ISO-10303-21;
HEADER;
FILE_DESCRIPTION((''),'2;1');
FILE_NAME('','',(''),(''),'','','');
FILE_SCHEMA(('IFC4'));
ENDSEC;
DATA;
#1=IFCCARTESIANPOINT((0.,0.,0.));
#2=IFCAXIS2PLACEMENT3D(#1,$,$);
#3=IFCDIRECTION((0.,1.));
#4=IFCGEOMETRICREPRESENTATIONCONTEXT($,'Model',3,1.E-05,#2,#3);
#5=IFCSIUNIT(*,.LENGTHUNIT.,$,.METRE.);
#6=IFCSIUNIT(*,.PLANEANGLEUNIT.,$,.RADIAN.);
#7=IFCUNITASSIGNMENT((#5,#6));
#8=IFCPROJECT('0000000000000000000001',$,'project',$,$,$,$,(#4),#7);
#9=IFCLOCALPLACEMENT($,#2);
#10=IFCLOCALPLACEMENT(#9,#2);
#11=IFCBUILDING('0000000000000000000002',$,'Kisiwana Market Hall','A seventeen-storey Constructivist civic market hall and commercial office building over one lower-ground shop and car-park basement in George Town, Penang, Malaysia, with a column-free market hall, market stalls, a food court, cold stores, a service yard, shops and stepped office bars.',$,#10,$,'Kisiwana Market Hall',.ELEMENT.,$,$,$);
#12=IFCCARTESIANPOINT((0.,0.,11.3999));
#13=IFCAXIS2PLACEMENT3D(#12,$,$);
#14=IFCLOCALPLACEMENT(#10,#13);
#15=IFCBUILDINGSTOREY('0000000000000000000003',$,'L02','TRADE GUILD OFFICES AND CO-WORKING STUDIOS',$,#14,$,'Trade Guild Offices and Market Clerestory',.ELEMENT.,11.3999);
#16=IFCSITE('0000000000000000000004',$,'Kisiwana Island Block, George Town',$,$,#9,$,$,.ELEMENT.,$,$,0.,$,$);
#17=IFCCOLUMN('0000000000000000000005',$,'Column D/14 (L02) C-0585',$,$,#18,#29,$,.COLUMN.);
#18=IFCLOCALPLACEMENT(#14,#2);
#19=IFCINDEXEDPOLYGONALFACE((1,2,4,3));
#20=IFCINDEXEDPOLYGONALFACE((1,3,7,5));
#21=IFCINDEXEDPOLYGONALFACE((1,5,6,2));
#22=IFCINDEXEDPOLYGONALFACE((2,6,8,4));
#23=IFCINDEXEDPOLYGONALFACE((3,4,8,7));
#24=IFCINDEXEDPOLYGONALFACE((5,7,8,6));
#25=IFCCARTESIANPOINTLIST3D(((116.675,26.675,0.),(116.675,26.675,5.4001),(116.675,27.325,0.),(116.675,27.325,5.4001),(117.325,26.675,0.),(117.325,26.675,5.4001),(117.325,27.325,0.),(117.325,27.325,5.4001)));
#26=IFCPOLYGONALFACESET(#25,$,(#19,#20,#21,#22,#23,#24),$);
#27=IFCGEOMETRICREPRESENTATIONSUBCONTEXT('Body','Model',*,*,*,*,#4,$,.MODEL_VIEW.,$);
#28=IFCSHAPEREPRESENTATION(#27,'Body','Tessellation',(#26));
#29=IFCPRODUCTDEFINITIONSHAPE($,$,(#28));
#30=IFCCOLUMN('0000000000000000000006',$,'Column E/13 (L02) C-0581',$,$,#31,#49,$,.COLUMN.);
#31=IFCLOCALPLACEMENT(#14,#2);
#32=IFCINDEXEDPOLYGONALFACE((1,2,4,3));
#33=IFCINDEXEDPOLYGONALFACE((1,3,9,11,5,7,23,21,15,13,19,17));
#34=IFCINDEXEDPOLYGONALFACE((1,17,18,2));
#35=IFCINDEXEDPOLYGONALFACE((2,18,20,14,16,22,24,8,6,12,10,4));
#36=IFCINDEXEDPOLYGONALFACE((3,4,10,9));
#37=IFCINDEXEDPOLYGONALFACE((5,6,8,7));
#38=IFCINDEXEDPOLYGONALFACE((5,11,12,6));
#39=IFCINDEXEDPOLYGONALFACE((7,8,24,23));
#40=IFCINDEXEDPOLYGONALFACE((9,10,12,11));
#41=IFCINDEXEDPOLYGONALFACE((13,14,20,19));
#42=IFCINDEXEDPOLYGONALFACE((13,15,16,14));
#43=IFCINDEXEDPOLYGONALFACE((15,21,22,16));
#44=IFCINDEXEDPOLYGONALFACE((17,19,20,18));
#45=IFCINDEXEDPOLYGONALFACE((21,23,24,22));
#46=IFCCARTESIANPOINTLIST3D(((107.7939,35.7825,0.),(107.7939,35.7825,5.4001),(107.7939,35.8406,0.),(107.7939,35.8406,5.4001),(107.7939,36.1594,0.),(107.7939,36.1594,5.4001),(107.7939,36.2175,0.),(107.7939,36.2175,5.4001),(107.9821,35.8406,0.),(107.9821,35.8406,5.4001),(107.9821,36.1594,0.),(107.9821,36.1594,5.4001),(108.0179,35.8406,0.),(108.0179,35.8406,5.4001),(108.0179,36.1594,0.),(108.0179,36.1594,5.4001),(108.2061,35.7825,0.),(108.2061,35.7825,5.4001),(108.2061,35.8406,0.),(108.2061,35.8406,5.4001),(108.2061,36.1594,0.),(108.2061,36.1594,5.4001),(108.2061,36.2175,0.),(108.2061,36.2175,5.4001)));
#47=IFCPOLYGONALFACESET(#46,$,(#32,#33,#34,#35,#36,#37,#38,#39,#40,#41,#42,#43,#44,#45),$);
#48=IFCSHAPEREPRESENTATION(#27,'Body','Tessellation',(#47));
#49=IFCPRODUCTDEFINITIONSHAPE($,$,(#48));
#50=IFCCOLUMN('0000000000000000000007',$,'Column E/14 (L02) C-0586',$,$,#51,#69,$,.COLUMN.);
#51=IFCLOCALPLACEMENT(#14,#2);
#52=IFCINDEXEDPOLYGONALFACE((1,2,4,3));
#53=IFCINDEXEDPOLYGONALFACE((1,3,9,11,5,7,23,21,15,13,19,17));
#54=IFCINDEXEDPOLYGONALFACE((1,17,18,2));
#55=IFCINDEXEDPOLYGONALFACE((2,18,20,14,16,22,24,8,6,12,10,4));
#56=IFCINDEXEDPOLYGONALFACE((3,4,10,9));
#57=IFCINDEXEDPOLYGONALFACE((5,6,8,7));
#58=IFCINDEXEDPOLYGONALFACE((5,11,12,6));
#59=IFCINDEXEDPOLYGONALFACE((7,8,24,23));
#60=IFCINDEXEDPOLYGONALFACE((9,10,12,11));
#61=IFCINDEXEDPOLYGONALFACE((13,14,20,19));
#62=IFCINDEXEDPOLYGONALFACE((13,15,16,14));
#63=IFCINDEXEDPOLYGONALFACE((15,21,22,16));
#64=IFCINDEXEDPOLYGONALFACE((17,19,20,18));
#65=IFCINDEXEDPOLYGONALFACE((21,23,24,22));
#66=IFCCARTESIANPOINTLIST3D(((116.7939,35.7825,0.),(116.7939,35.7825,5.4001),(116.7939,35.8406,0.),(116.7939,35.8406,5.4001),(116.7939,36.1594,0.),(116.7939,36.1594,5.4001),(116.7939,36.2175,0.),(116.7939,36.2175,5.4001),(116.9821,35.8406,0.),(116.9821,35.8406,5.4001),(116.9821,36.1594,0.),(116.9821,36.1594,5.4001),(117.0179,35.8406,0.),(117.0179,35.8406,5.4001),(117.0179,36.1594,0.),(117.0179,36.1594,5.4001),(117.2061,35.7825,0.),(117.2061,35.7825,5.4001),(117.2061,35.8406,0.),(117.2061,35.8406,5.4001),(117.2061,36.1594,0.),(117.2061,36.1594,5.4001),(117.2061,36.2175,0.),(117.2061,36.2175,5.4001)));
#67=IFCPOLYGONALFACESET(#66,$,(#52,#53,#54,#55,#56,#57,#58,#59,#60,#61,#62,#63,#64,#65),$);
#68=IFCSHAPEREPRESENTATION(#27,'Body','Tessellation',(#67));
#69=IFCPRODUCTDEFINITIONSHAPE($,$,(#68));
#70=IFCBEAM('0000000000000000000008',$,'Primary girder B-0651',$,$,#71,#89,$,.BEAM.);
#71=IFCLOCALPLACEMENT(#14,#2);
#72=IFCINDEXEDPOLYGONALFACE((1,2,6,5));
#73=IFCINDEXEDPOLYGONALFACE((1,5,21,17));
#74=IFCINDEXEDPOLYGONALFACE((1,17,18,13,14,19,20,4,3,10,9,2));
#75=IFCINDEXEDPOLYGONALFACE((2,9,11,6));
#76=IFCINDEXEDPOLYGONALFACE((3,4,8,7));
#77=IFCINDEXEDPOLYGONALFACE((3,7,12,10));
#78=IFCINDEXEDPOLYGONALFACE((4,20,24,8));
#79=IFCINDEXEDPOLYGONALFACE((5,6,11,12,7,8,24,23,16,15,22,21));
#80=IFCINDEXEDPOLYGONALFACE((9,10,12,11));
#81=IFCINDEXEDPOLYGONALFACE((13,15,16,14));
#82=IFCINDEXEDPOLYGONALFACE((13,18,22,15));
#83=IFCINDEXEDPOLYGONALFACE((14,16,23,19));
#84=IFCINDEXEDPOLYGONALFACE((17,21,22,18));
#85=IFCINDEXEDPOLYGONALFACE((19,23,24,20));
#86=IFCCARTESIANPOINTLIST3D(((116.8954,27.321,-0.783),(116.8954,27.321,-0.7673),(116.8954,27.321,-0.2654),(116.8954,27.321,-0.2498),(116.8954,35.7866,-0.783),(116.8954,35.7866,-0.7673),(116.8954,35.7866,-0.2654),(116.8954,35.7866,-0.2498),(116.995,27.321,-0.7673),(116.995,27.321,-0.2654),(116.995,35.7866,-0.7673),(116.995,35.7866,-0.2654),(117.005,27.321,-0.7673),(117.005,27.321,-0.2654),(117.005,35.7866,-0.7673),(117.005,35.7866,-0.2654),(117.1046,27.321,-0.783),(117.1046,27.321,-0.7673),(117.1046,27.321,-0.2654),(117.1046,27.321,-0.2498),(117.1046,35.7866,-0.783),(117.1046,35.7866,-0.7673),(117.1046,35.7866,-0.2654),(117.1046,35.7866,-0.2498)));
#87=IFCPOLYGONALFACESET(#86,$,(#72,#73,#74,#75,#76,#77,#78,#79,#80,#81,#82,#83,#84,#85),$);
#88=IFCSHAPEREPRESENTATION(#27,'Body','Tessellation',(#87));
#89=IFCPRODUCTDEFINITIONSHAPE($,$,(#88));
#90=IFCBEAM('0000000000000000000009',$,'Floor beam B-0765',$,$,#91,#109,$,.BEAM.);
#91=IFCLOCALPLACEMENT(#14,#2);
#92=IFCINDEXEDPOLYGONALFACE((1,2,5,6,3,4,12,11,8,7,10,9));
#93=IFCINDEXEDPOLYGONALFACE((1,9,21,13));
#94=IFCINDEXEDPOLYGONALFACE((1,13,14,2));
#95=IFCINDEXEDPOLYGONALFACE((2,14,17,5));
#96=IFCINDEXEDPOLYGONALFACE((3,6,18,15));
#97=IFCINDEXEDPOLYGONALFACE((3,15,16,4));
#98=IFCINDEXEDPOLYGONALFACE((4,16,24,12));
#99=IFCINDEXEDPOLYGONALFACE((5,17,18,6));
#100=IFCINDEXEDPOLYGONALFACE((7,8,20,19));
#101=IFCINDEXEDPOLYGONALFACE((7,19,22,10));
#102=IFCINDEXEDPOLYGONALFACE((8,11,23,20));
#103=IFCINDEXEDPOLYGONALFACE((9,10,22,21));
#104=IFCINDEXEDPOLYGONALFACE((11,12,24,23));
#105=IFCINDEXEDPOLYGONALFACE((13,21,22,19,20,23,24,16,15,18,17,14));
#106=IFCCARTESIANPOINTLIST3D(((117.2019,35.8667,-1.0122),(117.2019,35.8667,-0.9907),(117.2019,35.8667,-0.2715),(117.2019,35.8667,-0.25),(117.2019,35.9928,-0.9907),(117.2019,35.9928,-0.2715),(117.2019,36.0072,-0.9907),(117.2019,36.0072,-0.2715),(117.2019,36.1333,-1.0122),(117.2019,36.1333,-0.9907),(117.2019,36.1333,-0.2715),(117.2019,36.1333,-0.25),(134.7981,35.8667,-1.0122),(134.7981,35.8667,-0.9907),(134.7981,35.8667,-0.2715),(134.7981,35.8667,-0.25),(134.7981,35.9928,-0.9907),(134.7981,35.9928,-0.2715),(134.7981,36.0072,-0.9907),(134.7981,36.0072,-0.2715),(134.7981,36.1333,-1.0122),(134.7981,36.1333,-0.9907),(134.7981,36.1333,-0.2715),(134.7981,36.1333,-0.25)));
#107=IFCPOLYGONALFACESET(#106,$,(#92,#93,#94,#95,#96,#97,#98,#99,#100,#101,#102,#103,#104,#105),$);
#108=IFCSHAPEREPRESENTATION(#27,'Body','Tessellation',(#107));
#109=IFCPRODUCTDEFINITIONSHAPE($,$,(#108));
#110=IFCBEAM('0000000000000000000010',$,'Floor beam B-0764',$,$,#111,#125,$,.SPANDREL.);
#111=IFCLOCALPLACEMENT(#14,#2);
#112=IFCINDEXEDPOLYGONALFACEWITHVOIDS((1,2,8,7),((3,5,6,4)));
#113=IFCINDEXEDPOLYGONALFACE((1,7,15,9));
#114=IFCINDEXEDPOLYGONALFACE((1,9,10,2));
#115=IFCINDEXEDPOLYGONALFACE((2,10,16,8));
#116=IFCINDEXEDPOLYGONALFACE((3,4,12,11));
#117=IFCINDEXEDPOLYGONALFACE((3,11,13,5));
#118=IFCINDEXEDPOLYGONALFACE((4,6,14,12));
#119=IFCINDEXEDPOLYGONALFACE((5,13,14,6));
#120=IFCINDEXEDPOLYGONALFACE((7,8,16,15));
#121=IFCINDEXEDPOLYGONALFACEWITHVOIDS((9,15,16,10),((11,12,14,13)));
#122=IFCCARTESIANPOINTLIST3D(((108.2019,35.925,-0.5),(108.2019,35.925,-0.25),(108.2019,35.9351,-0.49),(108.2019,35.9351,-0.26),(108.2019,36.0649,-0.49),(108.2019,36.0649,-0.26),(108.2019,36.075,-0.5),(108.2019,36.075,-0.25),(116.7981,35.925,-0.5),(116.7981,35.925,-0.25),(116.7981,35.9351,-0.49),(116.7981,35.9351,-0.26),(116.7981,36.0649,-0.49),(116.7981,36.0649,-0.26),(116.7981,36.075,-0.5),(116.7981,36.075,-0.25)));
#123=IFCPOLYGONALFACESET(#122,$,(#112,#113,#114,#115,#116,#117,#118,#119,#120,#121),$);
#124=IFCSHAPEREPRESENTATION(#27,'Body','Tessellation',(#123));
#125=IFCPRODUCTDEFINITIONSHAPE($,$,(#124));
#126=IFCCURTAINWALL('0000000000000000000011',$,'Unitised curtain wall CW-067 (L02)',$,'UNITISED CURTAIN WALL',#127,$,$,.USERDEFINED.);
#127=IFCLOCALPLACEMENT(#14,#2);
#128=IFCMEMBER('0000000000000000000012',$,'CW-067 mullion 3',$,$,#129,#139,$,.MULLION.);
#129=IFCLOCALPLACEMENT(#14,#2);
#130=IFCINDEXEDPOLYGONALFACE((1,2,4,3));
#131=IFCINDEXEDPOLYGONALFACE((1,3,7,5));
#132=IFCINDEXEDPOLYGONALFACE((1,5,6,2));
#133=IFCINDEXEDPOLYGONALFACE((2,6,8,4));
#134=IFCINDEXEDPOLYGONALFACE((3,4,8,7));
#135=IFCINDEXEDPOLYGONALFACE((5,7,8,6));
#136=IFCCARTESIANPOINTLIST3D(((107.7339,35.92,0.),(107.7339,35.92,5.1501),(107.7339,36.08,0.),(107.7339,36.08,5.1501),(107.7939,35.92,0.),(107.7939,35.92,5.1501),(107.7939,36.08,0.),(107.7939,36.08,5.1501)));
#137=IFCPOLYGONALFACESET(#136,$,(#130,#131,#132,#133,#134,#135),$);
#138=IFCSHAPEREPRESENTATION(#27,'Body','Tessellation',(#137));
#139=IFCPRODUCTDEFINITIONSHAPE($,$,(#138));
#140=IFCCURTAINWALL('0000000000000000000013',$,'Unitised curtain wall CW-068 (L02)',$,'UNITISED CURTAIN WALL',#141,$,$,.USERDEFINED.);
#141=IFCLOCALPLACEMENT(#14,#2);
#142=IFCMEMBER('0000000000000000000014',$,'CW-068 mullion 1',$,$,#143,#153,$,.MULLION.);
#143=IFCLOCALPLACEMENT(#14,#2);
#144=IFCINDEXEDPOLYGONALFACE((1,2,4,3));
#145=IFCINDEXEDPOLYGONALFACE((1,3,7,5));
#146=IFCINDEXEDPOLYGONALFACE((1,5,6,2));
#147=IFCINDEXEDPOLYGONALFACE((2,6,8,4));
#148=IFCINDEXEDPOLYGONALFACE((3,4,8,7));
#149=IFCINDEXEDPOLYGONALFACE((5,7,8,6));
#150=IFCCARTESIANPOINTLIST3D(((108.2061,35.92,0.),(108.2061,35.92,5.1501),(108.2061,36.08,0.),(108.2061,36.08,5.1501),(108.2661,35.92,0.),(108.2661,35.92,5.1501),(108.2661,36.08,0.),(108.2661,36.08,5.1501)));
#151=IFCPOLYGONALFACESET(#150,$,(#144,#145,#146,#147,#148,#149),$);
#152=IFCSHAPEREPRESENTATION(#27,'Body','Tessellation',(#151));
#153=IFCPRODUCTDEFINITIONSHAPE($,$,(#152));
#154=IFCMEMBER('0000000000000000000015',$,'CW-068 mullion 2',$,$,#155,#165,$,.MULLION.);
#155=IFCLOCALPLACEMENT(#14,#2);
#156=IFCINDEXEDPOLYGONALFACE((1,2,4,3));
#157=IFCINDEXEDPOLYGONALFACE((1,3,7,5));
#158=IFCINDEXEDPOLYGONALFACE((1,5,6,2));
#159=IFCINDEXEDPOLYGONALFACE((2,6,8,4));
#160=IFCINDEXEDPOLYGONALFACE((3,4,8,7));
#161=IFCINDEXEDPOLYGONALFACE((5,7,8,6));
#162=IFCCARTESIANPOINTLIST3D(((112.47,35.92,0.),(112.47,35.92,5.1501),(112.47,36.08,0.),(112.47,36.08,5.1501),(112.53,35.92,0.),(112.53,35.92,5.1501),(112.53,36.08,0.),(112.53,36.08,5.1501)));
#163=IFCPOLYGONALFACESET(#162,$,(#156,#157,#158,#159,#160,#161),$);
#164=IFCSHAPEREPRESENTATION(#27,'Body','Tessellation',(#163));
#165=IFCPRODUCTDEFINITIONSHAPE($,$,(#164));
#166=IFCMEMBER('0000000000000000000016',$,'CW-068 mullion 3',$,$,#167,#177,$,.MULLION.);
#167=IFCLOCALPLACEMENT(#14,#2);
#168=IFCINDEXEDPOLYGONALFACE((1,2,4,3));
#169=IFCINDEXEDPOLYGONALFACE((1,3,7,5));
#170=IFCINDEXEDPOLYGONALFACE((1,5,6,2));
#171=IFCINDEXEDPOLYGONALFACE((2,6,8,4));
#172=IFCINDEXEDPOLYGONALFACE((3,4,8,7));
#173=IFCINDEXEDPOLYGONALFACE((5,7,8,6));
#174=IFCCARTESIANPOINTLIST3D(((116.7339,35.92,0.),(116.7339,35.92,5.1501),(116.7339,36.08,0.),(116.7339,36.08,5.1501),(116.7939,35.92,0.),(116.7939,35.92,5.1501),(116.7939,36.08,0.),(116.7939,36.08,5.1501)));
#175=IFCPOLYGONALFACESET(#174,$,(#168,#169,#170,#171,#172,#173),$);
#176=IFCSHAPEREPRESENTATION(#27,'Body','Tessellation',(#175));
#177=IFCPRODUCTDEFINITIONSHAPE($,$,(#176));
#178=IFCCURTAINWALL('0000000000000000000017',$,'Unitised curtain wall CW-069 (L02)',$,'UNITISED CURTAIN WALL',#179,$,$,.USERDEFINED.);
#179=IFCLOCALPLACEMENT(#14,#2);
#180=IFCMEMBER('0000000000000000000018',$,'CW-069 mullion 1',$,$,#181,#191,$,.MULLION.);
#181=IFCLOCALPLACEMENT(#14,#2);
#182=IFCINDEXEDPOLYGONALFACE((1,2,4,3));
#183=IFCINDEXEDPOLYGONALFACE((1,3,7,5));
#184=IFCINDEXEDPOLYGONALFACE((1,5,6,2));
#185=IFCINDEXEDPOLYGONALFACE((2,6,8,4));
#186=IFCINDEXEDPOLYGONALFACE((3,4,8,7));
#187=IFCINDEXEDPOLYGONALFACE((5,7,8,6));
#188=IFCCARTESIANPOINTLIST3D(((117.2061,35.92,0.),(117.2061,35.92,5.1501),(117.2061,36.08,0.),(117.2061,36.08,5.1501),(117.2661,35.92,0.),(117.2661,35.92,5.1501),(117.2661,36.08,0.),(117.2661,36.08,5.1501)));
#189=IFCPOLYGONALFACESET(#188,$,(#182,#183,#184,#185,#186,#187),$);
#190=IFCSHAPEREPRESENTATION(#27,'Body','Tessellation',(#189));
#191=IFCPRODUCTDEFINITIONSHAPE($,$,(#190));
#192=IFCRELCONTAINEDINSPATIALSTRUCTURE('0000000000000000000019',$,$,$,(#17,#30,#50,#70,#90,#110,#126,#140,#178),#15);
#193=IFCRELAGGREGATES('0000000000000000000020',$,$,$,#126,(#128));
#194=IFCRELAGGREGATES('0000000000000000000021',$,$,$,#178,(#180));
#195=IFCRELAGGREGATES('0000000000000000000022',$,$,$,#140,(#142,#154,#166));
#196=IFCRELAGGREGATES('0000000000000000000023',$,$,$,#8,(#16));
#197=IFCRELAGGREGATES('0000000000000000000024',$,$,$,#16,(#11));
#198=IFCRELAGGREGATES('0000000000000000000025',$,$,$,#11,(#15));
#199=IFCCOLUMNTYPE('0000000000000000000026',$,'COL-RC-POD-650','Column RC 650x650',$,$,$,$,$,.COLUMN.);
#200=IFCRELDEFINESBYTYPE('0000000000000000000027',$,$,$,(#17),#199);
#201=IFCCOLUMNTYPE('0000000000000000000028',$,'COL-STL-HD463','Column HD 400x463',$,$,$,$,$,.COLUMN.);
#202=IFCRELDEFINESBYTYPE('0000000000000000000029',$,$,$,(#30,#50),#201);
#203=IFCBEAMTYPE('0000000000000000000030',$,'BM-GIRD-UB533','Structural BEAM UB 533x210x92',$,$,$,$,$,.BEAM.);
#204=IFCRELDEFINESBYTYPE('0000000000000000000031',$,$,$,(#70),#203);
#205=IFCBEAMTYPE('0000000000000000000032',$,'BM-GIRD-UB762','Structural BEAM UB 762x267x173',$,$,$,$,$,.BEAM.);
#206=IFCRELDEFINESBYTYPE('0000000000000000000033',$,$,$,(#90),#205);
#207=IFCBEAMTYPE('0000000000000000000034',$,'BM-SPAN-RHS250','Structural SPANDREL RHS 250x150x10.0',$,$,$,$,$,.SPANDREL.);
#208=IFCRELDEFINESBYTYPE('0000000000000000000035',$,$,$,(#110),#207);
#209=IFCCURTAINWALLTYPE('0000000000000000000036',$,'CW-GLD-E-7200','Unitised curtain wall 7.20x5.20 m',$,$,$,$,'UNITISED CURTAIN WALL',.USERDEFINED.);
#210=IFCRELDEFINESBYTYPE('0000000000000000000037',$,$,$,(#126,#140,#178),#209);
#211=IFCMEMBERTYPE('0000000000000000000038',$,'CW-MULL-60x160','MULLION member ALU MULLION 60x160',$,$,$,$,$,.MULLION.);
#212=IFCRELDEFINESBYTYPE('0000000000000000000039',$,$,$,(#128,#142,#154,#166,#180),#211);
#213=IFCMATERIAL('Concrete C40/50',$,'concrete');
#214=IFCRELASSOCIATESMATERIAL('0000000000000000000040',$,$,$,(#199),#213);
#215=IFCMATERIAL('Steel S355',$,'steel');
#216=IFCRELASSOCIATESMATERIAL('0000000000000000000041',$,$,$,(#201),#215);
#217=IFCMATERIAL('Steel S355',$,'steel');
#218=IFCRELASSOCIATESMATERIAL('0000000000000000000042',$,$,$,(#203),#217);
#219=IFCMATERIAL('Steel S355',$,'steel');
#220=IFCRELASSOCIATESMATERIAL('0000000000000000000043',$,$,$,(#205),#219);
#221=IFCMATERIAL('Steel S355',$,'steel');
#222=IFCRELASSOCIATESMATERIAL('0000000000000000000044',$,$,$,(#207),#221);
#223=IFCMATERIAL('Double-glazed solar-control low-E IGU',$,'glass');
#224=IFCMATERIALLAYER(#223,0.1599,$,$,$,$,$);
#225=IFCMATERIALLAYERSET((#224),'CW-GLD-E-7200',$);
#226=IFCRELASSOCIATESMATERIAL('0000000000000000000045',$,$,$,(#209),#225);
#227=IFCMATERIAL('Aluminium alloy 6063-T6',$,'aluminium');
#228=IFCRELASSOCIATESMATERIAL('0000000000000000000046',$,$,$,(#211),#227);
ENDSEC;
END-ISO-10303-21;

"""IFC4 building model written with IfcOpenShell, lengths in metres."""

from ifc_helpers import new_model, si_unit, direction, frame, origin, origin_2d, place, context, subcontext, project, spatial, rectangle, hollow_rectangle, i_section, extrude, material, layer, layer_set, material_profile, profile_set, type_object, element, aggregate, save


model = new_model("IFC4")

# Units and contexts
model_context = context("Model", 3, precision=1e-05, world=origin(), true_north=direction((0.0, 1.0)))
body_context = subcontext(model_context, "Body", "Model", "MODEL_VIEW")
ifc_project = project(units=[si_unit("LENGTHUNIT", "METRE"), si_unit("PLANEANGLEUNIT", "RADIAN")], contexts=[model_context])

# Site, building, storey
site_placement = place(None, origin())
site = spatial("IfcSite", under=ifc_project, at=site_placement, Name="Kisiwana Island Block, George Town", CompositionType="ELEMENT", RefElevation=0.0)
building_placement = place(site_placement, origin())
building = spatial("IfcBuilding", under=site, at=building_placement, Name="Kisiwana Market Hall", Description="A seventeen-storey Constructivist civic market hall and commercial office building over one lower-ground shop and car-park basement in George Town, Penang, Malaysia, with a column-free market hall, market stalls, a food court, cold stores, a service yard, shops and stepped office bars.", LongName="Kisiwana Market Hall", CompositionType="ELEMENT")
storey_placement = place(building_placement, frame((0.0, 0.0, 11.3999)))
storey = spatial("IfcBuildingStorey", under=building, at=storey_placement, Name="L02", Description="TRADE GUILD OFFICES AND CO-WORKING STUDIOS", LongName="Trade Guild Offices and Market Clerestory", CompositionType="ELEMENT", Elevation=11.3999)

# Columns
ifc_material_1 = material(Name="Concrete C40/50", Category="concrete")
ifc_material_profile_1 = material_profile(ifc_material_1, rectangle(XDim=0.6499, YDim=0.6499, at=origin_2d()), Name="RC 650x650")
ifc_profile_set_1 = profile_set([ifc_material_profile_1], Name="Concrete C40/50")
column_type_1 = type_object("IfcColumnType", Name="COL-RC-POD-650", Description="Column RC 650x650", PredefinedType="COLUMN", material=ifc_profile_set_1)
column_placement = place(storey_placement, frame((117.0, 27.0, 0.0), z_axis=(0.0, 0.0, 1.0), x_axis=(1.0, 0.0, 0.0)))
element("IfcColumn", 1, at=column_placement, inside=storey, type_object=column_type_1, Name="Column D/14 (L02) C-0585", PredefinedType="COLUMN", context=body_context, shape_type="SweptSolid", body=[
    extrude(rectangle(XDim=0.6499, YDim=0.6499, at=origin_2d()), origin(), (0.0, 0.0, 1.0), 5.4001),
])
ifc_material_2 = material(Name="Steel S355", Category="steel")
ifc_material_profile_2 = material_profile(ifc_material_2, i_section(OverallWidth=0.4121, OverallDepth=0.4351, WebThickness=0.0359, FlangeThickness=0.0581, at=origin_2d()), Name="HD 400x463")
ifc_profile_set_2 = profile_set([ifc_material_profile_2], Name="Steel S355")
column_type_2 = type_object("IfcColumnType", Name="COL-STL-HD463", Description="Column HD 400x463", PredefinedType="COLUMN", material=ifc_profile_set_2)
for number, where, z_axis, x_axis, name in (
    (2, (108.0, 36.0, 0.0), (0.0, 0.0, 1.0), (1.0, 0.0, 0.0), "Column E/13 (L02) C-0581"),
    (3, (117.0, 36.0, 0.0), (0.0, 0.0, 1.0), (1.0, 0.0, 0.0), "Column E/14 (L02) C-0586"),
):
    element("IfcColumn", number, at=place(storey_placement, frame(where, z_axis=z_axis, x_axis=x_axis)), inside=storey, type_object=column_type_2, Name=name, PredefinedType="COLUMN", context=body_context, shape_type="SweptSolid", body=[
        extrude(i_section(OverallWidth=0.4121, OverallDepth=0.4351, WebThickness=0.0359, FlangeThickness=0.0581, at=origin_2d()), origin(), (0.0, 0.0, 1.0), 5.4001),
    ])

# Beams
ifc_material_3 = material(Name="Steel S355", Category="steel")
ifc_material_profile_3 = material_profile(ifc_material_3, i_section(OverallWidth=0.2092, OverallDepth=0.5332, WebThickness=0.01, FlangeThickness=0.0156, at=origin_2d()), Name="UB 533x210x92")
ifc_profile_set_3 = profile_set([ifc_material_profile_3], Name="Steel S355")
beam_type_1 = type_object("IfcBeamType", Name="BM-GIRD-UB533", Description="Structural BEAM UB 533x210x92", PredefinedType="BEAM", material=ifc_profile_set_3)
beam_1_placement = place(storey_placement, frame((117.0, 27.321, -0.5164), z_axis=(0.0, 1.0, 0.0), x_axis=(-1.0, 0.0, 0.0)))
element("IfcBeam", 4, at=beam_1_placement, inside=storey, type_object=beam_type_1, Name="Primary girder B-0651", PredefinedType="BEAM", context=body_context, shape_type="SweptSolid", body=[
    extrude(i_section(OverallWidth=0.2092, OverallDepth=0.5332, WebThickness=0.01, FlangeThickness=0.0156, at=origin_2d()), origin(), (0.0, 0.0, 1.0), 8.4656),
])
ifc_material_4 = material(Name="Steel S355", Category="steel")
ifc_material_profile_4 = material_profile(ifc_material_4, i_section(OverallWidth=0.2666, OverallDepth=0.7622, WebThickness=0.0144, FlangeThickness=0.0215, at=origin_2d()), Name="UB 762x267x173")
ifc_profile_set_4 = profile_set([ifc_material_profile_4], Name="Steel S355")
beam_type_2 = type_object("IfcBeamType", Name="BM-GIRD-UB762", Description="Structural BEAM UB 762x267x173", PredefinedType="BEAM", material=ifc_profile_set_4)
beam_2_placement = place(storey_placement, frame((117.2019, 36.0, -0.6311), z_axis=(1.0, 0.0, 0.0), x_axis=(0.0, 1.0, 0.0)))
element("IfcBeam", 5, at=beam_2_placement, inside=storey, type_object=beam_type_2, Name="Floor beam B-0765", PredefinedType="BEAM", context=body_context, shape_type="SweptSolid", body=[
    extrude(i_section(OverallWidth=0.2666, OverallDepth=0.7622, WebThickness=0.0144, FlangeThickness=0.0215, at=origin_2d()), origin(), (0.0, 0.0, 1.0), 17.5962),
])
ifc_material_5 = material(Name="Steel S355", Category="steel")
ifc_material_profile_5 = material_profile(ifc_material_5, hollow_rectangle(XDim=0.1499, YDim=0.25, WallThickness=0.01, at=origin_2d()), Name="RHS 250x150x10.0")
ifc_profile_set_5 = profile_set([ifc_material_profile_5], Name="Steel S355")
beam_type_3 = type_object("IfcBeamType", Name="BM-SPAN-RHS250", Description="Structural SPANDREL RHS 250x150x10.0", PredefinedType="SPANDREL", material=ifc_profile_set_5)
beam_3_placement = place(storey_placement, frame((108.2019, 36.0, -0.375), z_axis=(1.0, 0.0, 0.0), x_axis=(0.0, 1.0, 0.0)))
element("IfcBeam", 6, at=beam_3_placement, inside=storey, type_object=beam_type_3, Name="Floor beam B-0764", PredefinedType="SPANDREL", context=body_context, shape_type="SweptSolid", body=[
    extrude(hollow_rectangle(XDim=0.1499, YDim=0.25, WallThickness=0.01, at=origin_2d()), origin(), (0.0, 0.0, 1.0), 8.5962),
])

# Curtain wall, member
ifc_material_6 = material(Name="Double-glazed solar-control low-E IGU", Category="glass")
ifc_layer_1 = layer(ifc_material_6, 0.1599)
ifc_layer_set_1 = layer_set([ifc_layer_1], Name="CW-GLD-E-7200")
curtain_wall_type = type_object("IfcCurtainWallType", Name="CW-GLD-E-7200", Description="Unitised curtain wall 7.20x5.20 m", ElementType="UNITISED CURTAIN WALL", PredefinedType="USERDEFINED", material=ifc_layer_set_1)
curtain_wall_1_placement = place(storey_placement, origin())
curtain_wall_1 = element("IfcCurtainWall", 7, at=curtain_wall_1_placement, inside=storey, type_object=curtain_wall_type, Name="Unitised curtain wall CW-067 (L02)", ObjectType="UNITISED CURTAIN WALL", PredefinedType="USERDEFINED")
ifc_material_7 = material(Name="Aluminium alloy 6063-T6", Category="aluminium")
ifc_material_profile_6 = material_profile(ifc_material_7, rectangle(XDim=0.0601, YDim=0.1599, at=origin_2d()), Name="ALU MULLION 60x160")
ifc_profile_set_6 = profile_set([ifc_material_profile_6], Name="Aluminium alloy 6063-T6")
member_type_1 = type_object("IfcMemberType", Name="CW-MULL-60x160", Description="MULLION member ALU MULLION 60x160", PredefinedType="MULLION", material=ifc_profile_set_6)
member_1_placement = place(storey_placement, frame((107.7639, 36.0, 0.0), z_axis=(0.0, 0.0, 1.0), x_axis=(1.0, 0.0, 0.0)))
member_1 = element("IfcMember", 8, at=member_1_placement, type_object=member_type_1, Name="CW-067 mullion 3", PredefinedType="MULLION", context=body_context, shape_type="SweptSolid", body=[
    extrude(rectangle(XDim=0.0601, YDim=0.1599, at=origin_2d()), origin(), (0.0, 0.0, 1.0), 5.1501),
])
aggregate(curtain_wall_1, [member_1])

# Curtain wall, members
curtain_wall_2_placement = place(storey_placement, origin())
curtain_wall_2 = element("IfcCurtainWall", 9, at=curtain_wall_2_placement, inside=storey, type_object=curtain_wall_type, Name="Unitised curtain wall CW-068 (L02)", ObjectType="UNITISED CURTAIN WALL", PredefinedType="USERDEFINED")
member_2_placement = place(storey_placement, frame((108.2361, 36.0, 0.0), z_axis=(0.0, 0.0, 1.0), x_axis=(1.0, 0.0, 0.0)))
member_2 = element("IfcMember", 10, at=member_2_placement, type_object=member_type_1, Name="CW-068 mullion 1", PredefinedType="MULLION", context=body_context, shape_type="SweptSolid", body=[
    extrude(rectangle(XDim=0.0601, YDim=0.1599, at=origin_2d()), origin(), (0.0, 0.0, 1.0), 5.1501),
])
member_3_placement = place(storey_placement, frame((112.5, 36.0, 0.0), z_axis=(0.0, 0.0, 1.0), x_axis=(1.0, 0.0, 0.0)))
member_3 = element("IfcMember", 11, at=member_3_placement, type_object=member_type_1, Name="CW-068 mullion 2", PredefinedType="MULLION", context=body_context, shape_type="SweptSolid", body=[
    extrude(rectangle(XDim=0.0601, YDim=0.1599, at=origin_2d()), origin(), (0.0, 0.0, 1.0), 5.1501),
])
member_4_placement = place(storey_placement, frame((116.7639, 36.0, 0.0), z_axis=(0.0, 0.0, 1.0), x_axis=(1.0, 0.0, 0.0)))
member_4 = element("IfcMember", 12, at=member_4_placement, type_object=member_type_1, Name="CW-068 mullion 3", PredefinedType="MULLION", context=body_context, shape_type="SweptSolid", body=[
    extrude(rectangle(XDim=0.0601, YDim=0.1599, at=origin_2d()), origin(), (0.0, 0.0, 1.0), 5.1501),
])

# Curtain wall, member
curtain_wall_3_placement = place(storey_placement, origin())
curtain_wall_3 = element("IfcCurtainWall", 13, at=curtain_wall_3_placement, inside=storey, type_object=curtain_wall_type, Name="Unitised curtain wall CW-069 (L02)", ObjectType="UNITISED CURTAIN WALL", PredefinedType="USERDEFINED")
member_5_placement = place(storey_placement, frame((117.2361, 36.0, 0.0), z_axis=(0.0, 0.0, 1.0), x_axis=(1.0, 0.0, 0.0)))
member_5 = element("IfcMember", 14, at=member_5_placement, type_object=member_type_1, Name="CW-069 mullion 1", PredefinedType="MULLION", context=body_context, shape_type="SweptSolid", body=[
    extrude(rectangle(XDim=0.0601, YDim=0.1599, at=origin_2d()), origin(), (0.0, 0.0, 1.0), 5.1501),
])

aggregate(curtain_wall_3, [member_5])

aggregate(curtain_wall_2, [member_2, member_3, member_4])

save(model, "model.ifc")
